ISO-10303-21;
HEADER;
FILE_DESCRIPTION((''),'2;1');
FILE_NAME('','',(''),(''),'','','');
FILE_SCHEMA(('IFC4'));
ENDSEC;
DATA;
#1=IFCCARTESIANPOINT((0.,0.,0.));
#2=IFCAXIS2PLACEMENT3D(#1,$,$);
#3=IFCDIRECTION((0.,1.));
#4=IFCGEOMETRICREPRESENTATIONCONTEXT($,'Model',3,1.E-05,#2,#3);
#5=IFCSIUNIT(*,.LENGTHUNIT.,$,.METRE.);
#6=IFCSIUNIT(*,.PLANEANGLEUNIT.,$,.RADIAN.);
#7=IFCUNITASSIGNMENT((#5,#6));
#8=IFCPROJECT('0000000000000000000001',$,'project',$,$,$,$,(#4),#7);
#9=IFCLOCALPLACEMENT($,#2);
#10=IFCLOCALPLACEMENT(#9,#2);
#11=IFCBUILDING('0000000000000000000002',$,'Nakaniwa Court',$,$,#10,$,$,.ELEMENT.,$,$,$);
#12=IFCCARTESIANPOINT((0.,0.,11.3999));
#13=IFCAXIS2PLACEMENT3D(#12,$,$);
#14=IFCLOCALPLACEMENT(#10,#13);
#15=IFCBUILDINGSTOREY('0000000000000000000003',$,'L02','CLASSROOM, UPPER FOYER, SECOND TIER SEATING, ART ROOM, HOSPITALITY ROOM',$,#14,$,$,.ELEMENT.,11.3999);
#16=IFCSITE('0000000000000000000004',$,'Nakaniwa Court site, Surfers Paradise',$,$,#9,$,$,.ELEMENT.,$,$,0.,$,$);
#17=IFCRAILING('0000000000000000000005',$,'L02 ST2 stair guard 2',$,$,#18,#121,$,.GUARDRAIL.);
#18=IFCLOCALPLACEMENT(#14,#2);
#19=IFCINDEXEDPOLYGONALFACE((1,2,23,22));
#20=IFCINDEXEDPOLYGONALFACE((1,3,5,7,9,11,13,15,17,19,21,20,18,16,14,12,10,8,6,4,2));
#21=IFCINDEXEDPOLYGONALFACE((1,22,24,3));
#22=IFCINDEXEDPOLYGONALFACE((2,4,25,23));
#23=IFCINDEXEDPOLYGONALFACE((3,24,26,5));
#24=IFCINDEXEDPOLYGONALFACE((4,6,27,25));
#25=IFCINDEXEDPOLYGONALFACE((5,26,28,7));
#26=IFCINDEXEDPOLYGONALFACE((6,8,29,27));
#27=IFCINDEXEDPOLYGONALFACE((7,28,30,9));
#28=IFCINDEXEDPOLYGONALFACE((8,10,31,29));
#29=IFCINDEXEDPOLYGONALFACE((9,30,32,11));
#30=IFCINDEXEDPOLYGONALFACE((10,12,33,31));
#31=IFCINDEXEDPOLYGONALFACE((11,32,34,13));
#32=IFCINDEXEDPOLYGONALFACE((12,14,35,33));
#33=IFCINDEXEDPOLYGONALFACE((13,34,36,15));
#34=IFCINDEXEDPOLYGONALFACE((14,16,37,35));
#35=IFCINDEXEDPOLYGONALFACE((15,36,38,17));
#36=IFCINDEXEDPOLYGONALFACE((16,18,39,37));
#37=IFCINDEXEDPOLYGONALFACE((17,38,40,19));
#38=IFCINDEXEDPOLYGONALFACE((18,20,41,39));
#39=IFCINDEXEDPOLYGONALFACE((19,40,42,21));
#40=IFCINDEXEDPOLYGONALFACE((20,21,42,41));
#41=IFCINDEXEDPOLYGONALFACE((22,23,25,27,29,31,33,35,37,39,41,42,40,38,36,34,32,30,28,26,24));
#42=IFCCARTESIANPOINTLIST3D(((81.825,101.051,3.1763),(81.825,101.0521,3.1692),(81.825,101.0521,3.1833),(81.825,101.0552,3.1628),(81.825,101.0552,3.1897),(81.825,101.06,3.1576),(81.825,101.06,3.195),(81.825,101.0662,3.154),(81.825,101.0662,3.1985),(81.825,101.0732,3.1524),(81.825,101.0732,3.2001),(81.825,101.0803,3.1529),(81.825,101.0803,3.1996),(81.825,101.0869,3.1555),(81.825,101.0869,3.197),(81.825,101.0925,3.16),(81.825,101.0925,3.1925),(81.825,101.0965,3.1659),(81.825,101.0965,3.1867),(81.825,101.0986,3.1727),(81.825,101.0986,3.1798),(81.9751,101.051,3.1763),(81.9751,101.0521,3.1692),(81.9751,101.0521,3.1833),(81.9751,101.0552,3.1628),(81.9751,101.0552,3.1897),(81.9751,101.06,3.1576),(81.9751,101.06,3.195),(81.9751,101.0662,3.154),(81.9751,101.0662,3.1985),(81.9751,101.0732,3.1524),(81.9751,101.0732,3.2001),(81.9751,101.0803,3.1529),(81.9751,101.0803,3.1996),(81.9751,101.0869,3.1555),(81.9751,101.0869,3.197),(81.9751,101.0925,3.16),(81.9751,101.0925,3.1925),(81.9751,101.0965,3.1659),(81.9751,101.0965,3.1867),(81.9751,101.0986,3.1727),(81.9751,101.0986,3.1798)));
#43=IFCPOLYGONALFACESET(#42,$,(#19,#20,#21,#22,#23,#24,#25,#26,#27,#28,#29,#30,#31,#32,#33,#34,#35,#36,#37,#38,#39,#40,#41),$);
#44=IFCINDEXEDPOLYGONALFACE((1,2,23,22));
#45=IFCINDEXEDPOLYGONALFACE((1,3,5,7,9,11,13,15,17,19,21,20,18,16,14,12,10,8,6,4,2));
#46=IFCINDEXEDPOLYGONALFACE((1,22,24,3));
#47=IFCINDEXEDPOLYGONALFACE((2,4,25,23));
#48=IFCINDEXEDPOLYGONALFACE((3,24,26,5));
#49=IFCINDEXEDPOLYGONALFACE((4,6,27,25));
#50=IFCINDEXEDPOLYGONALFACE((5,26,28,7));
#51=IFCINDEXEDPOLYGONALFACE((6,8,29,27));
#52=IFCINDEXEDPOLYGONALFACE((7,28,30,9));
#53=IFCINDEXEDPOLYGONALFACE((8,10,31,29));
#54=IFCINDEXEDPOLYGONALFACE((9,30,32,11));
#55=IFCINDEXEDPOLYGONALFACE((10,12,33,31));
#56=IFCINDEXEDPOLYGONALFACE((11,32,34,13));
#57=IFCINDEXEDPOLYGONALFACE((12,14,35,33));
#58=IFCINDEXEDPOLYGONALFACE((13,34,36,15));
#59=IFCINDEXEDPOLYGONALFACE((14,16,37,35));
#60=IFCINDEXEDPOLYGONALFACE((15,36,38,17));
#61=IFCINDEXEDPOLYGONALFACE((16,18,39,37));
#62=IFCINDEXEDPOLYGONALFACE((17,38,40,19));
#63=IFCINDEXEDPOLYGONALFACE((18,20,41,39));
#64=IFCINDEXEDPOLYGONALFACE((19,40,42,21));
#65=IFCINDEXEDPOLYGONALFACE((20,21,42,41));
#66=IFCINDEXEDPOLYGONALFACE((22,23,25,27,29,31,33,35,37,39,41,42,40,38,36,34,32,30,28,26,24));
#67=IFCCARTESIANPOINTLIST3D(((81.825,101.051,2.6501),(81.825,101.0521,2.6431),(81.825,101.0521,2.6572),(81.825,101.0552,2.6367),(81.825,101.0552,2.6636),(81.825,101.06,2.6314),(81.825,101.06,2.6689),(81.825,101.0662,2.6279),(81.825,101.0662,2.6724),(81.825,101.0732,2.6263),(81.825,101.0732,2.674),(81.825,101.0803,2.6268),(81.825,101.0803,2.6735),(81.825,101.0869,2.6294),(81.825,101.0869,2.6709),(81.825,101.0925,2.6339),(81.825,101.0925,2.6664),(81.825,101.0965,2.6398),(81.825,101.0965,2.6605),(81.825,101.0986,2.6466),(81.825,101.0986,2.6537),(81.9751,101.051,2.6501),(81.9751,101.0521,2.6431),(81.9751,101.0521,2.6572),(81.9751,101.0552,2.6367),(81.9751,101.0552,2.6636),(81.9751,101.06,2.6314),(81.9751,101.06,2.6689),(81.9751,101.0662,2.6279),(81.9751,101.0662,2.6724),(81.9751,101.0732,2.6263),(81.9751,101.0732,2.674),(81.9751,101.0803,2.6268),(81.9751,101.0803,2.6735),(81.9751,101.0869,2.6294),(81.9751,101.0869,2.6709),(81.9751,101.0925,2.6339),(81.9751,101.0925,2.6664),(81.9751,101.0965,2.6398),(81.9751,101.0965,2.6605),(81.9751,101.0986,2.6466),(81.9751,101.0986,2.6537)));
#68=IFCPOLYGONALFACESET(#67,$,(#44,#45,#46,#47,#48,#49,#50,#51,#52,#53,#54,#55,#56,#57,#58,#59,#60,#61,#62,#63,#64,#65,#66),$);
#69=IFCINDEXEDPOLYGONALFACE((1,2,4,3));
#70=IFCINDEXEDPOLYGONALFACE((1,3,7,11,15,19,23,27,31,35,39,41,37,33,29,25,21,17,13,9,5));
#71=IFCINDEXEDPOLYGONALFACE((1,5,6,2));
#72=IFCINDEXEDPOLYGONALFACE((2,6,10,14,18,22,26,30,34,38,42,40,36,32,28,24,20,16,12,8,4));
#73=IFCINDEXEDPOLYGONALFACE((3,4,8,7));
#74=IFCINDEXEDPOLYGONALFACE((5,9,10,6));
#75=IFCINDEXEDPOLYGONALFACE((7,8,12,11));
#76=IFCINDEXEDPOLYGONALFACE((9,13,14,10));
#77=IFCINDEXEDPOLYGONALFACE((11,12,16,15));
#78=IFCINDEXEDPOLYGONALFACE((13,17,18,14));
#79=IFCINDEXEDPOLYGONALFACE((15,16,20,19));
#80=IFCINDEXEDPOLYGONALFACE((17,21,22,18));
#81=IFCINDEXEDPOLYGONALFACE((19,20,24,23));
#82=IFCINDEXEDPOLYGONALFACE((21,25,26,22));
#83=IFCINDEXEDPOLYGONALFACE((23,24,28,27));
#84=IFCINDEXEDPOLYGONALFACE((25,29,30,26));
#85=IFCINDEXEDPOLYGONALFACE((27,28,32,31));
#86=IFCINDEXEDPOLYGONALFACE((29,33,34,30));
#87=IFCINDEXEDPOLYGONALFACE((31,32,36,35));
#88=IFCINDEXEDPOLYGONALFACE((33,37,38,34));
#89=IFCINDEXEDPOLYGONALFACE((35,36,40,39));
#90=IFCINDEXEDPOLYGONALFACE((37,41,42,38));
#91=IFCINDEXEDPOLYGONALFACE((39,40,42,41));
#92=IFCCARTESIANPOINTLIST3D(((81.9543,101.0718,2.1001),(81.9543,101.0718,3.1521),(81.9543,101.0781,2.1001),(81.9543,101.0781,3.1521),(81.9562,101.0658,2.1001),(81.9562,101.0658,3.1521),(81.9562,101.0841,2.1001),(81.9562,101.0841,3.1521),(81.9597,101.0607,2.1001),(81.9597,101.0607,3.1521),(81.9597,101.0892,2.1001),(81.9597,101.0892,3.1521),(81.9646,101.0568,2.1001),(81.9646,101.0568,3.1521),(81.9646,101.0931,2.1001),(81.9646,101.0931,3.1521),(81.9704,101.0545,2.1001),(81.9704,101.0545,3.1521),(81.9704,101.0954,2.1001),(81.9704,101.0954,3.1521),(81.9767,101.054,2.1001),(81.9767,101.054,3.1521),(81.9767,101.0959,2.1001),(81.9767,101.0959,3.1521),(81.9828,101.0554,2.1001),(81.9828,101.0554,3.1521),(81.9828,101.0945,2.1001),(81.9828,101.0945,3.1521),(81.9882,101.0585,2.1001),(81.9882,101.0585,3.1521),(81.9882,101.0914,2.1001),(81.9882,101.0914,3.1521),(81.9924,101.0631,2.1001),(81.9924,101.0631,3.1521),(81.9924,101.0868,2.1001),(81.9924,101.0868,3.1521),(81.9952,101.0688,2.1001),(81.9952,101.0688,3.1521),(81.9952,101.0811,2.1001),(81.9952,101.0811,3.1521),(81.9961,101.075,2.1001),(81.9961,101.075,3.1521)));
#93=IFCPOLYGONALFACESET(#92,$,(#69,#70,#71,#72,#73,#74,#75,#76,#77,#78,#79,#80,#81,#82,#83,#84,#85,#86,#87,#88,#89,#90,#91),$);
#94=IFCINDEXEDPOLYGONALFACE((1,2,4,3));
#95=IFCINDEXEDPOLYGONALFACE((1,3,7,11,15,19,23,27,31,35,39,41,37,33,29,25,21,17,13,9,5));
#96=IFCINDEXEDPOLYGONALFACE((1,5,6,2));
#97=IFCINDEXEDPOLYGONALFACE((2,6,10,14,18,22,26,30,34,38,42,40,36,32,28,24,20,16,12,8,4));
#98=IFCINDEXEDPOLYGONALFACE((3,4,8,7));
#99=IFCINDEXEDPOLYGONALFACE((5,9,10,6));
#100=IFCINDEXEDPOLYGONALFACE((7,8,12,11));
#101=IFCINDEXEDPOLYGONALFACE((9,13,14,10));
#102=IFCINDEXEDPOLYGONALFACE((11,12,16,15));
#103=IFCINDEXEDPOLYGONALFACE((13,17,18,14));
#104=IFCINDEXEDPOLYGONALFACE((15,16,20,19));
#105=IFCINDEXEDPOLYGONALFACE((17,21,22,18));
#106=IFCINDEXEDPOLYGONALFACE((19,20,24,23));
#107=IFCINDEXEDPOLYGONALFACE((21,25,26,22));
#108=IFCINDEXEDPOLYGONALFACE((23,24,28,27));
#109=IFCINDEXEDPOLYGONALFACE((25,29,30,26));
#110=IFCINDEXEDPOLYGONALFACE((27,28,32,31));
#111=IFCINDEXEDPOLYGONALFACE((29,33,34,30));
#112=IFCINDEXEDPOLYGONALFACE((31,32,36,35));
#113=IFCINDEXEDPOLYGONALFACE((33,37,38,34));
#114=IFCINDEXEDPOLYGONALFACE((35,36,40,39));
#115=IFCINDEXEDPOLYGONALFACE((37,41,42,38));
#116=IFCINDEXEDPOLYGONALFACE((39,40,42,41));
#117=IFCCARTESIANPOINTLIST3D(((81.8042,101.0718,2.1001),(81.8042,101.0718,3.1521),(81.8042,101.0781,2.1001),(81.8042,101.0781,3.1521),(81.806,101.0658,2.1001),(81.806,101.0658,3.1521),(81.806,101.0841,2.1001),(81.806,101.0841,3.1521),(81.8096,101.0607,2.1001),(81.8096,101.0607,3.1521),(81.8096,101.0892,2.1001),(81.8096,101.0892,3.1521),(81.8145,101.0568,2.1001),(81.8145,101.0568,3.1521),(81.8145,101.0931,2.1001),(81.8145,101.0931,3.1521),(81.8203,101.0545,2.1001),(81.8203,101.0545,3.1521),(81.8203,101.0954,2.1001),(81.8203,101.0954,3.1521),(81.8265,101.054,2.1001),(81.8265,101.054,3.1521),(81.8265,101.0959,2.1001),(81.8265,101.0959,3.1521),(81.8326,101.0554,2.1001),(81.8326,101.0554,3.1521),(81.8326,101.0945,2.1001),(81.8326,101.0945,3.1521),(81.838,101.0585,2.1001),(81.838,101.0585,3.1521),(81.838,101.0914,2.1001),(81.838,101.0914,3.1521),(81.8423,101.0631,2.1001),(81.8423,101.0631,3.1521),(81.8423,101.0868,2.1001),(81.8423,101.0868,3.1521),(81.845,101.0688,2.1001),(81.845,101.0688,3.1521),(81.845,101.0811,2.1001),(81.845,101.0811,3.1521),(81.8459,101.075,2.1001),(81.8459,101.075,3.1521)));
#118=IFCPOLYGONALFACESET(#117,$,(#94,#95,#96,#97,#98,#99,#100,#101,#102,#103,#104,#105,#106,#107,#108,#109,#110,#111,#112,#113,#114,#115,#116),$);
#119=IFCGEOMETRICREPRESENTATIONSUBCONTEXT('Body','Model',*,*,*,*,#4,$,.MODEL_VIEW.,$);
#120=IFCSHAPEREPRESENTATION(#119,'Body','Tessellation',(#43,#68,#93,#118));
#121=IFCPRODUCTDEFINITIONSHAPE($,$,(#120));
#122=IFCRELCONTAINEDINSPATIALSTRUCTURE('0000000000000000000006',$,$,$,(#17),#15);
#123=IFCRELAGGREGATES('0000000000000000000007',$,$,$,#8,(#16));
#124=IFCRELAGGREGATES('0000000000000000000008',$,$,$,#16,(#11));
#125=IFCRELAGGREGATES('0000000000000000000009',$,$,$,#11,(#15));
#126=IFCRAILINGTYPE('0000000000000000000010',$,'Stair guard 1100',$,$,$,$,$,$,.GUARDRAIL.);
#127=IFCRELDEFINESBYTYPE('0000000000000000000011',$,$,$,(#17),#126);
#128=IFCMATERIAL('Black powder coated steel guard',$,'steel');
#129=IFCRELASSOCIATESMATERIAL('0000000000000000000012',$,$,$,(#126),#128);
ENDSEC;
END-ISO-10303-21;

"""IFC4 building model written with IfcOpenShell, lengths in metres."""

from ifc_helpers import new_model, si_unit, direction, frame, origin, origin_2d, place, context, subcontext, project, spatial, circle, extrude, material, type_object, element, save


model = new_model("IFC4")

# Units and contexts
model_context = context("Model", 3, precision=1e-05, world=origin(), true_north=direction((0.0, 1.0)))
body_context = subcontext(model_context, "Body", "Model", "MODEL_VIEW")
ifc_project = project(units=[si_unit("LENGTHUNIT", "METRE"), si_unit("PLANEANGLEUNIT", "RADIAN")], contexts=[model_context])

# Site, building, storey
site_placement = place(None, origin())
site = spatial("IfcSite", under=ifc_project, at=site_placement, Name="Nakaniwa Court site, Surfers Paradise", CompositionType="ELEMENT", RefElevation=0.0)
building_placement = place(site_placement, origin())
building = spatial("IfcBuilding", under=site, at=building_placement, Name="Nakaniwa Court", CompositionType="ELEMENT")
storey_placement = place(building_placement, frame((0.0, 0.0, 11.3999)))
storey = spatial("IfcBuildingStorey", under=building, at=storey_placement, Name="L02", Description="CLASSROOM, UPPER FOYER, SECOND TIER SEATING, ART ROOM, HOSPITALITY ROOM", CompositionType="ELEMENT", Elevation=11.3999)

# Railing
ifc_material_1 = material(Name="Black powder coated steel guard", Category="steel")
railing_type_1 = type_object("IfcRailingType", Name="Stair guard 1100", PredefinedType="GUARDRAIL", material=ifc_material_1)
railing_1_placement = place(storey_placement, frame((81.9751, 101.075, 2.1001)))
element("IfcRailing", 1, at=railing_1_placement, inside=storey, type_object=railing_type_1, Name="L02 ST2 stair guard 2", PredefinedType="GUARDRAIL", context=body_context, shape_type="SweptSolid", body=[
    extrude(circle(Radius=0.0239, at=origin_2d()), frame((0.0, 0.0, 1.0762), z_axis=(-1.0, 0.0, 0.0), x_axis=(0.0, -1.0, 0.0)), (0.0, 0.0, 1.0), 0.1501),
    extrude(circle(Radius=0.0239, at=origin_2d()), frame((0.0, 0.0, 0.55), z_axis=(-1.0, 0.0, 0.0), x_axis=(0.0, -1.0, 0.0)), (0.0, 0.0, 1.0), 0.1501),
    extrude(circle(Radius=0.021, at=origin_2d()), origin(), (0.0, 0.0, 1.0), 1.052),
    extrude(circle(Radius=0.021, at=origin_2d()), frame((-0.1501, 0.0, 0.0)), (0.0, 0.0, 1.0), 1.052),
])

save(model, "model.ifc")
